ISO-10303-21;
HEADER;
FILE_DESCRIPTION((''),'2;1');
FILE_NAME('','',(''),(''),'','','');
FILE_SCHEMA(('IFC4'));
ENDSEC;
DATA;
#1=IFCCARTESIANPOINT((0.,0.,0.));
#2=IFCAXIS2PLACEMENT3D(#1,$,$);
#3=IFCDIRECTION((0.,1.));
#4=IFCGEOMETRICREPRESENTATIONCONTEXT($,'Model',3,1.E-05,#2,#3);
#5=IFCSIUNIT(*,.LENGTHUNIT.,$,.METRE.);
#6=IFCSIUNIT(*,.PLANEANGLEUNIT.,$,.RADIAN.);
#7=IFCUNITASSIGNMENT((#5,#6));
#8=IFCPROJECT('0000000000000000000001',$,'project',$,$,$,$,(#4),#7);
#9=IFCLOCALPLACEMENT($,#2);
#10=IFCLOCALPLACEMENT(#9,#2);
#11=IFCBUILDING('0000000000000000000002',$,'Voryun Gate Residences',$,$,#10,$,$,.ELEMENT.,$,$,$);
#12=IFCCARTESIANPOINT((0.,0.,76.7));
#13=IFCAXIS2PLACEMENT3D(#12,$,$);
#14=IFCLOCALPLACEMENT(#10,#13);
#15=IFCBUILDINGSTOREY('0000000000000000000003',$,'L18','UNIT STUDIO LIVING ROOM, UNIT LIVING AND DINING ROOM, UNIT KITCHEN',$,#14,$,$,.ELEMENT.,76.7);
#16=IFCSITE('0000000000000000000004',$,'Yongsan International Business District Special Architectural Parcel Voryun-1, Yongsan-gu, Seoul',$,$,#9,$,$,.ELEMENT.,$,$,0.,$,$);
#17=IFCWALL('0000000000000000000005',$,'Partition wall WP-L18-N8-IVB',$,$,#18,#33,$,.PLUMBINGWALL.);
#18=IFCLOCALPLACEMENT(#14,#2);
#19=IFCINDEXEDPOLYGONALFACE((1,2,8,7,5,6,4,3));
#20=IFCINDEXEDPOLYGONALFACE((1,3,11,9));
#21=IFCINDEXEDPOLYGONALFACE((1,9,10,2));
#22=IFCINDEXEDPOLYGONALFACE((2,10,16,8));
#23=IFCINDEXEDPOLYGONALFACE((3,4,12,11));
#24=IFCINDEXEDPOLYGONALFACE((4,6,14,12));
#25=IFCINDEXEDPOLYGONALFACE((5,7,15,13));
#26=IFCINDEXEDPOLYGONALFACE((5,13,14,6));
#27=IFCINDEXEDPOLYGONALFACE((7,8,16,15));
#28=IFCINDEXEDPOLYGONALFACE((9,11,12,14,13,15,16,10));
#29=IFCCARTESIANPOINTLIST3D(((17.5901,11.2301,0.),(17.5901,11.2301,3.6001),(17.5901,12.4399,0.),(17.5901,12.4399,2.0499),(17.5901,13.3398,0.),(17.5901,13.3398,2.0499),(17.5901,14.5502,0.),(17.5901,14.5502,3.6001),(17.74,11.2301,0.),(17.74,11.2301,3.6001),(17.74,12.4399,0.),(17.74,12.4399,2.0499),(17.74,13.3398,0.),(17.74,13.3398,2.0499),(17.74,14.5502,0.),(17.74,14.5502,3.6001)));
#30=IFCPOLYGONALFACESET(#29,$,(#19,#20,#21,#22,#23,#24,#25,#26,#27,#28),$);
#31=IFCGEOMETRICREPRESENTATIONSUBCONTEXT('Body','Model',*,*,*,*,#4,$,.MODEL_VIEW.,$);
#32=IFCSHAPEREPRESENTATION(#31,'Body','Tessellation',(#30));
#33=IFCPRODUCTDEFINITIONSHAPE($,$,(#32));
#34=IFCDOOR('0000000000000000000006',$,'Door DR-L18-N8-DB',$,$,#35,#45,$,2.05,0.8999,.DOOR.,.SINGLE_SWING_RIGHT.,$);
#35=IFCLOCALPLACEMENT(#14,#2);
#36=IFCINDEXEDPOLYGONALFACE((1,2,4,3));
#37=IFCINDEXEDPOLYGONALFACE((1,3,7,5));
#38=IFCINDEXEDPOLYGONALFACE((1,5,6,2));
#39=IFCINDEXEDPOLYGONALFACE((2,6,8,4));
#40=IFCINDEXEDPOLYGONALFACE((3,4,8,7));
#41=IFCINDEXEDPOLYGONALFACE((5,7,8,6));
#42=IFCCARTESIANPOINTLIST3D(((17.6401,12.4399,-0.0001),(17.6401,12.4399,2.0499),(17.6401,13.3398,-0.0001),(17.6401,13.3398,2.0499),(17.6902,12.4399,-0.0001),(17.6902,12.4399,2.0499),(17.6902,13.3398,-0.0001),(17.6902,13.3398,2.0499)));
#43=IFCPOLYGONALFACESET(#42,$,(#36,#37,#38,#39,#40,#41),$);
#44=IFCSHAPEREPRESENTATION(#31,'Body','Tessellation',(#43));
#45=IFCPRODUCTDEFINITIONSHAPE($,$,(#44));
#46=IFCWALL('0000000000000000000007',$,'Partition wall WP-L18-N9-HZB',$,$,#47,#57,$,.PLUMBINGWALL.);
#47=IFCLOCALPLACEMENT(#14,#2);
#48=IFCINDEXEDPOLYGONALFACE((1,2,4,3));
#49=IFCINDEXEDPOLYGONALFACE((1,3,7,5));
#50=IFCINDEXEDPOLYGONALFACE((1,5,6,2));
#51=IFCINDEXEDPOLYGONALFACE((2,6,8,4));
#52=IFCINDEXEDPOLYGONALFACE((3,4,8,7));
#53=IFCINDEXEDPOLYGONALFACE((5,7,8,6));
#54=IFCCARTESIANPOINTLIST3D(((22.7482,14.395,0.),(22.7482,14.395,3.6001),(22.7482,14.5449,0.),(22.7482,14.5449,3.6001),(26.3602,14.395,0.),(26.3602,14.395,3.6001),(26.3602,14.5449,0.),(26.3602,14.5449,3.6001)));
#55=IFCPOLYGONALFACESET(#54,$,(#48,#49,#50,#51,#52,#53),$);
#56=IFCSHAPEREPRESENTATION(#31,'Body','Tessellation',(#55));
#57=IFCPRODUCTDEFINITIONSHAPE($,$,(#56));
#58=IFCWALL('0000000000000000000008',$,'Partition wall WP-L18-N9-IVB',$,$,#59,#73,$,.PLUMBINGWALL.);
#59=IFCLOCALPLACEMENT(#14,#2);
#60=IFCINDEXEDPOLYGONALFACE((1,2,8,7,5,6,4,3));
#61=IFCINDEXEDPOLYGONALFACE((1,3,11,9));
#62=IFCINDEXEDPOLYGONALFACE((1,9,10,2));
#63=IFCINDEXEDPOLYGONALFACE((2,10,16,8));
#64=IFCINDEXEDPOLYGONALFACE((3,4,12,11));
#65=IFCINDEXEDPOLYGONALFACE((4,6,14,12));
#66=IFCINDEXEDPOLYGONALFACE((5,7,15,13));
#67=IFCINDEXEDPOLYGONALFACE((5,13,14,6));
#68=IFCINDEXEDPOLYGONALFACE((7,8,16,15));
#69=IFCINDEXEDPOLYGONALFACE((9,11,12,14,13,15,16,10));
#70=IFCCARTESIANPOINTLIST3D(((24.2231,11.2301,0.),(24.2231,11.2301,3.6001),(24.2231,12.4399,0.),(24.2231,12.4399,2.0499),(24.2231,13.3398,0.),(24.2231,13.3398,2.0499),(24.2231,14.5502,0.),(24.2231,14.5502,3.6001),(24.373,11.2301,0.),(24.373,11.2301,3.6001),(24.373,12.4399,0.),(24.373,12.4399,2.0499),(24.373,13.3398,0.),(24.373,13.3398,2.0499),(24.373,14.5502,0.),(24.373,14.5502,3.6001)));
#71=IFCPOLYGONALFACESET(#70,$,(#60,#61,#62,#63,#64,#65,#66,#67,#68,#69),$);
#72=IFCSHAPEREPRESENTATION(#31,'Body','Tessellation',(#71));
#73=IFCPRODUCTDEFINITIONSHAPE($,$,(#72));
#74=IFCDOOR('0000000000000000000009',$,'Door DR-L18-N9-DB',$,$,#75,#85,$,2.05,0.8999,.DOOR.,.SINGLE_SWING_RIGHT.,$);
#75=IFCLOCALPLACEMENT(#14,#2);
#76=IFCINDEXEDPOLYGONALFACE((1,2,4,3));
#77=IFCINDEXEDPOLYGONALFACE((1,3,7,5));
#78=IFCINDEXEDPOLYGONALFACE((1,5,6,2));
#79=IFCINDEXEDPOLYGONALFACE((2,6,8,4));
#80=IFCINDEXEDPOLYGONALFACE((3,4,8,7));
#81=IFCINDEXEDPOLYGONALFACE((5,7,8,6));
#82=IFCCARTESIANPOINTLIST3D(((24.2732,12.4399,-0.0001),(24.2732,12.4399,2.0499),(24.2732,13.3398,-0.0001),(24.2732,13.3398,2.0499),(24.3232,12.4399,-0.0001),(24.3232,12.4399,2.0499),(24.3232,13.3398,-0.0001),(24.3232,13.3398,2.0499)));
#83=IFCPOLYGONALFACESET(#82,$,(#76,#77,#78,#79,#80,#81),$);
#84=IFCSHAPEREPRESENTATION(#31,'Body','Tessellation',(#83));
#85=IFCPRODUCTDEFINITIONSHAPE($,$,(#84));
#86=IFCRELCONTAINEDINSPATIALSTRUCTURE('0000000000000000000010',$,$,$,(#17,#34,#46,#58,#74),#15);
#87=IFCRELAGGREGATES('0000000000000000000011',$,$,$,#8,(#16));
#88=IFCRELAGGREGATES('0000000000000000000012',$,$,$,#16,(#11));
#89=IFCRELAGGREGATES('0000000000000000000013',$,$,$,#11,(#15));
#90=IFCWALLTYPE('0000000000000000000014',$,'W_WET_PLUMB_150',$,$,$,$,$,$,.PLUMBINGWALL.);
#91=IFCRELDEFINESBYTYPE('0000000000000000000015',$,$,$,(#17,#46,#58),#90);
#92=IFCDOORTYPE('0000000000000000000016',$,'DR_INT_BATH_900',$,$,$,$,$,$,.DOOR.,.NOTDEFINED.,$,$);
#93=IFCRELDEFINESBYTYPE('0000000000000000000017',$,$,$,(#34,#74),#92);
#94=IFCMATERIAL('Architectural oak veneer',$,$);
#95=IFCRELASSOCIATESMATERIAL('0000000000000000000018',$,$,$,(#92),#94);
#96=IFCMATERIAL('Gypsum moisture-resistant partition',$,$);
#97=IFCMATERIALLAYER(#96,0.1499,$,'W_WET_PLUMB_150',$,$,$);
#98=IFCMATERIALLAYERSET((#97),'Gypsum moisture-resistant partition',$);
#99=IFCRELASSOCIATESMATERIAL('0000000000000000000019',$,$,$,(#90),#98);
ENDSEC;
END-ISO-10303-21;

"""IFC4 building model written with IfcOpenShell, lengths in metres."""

from ifc_helpers import new_model, si_unit, direction, frame, frame_2d, origin, place, context, subcontext, project, spatial, rectangle, extrude, material, layer, layer_set, type_object, element, fill, save


model = new_model("IFC4")

# Units and contexts
model_context = context("Model", 3, precision=1e-05, world=origin(), true_north=direction((0.0, 1.0)))
body_context = subcontext(model_context, "Body", "Model", "MODEL_VIEW")
ifc_project = project(units=[si_unit("LENGTHUNIT", "METRE"), si_unit("PLANEANGLEUNIT", "RADIAN")], contexts=[model_context])

# Site, building, storey
site_placement = place(None, origin())
site = spatial("IfcSite", under=ifc_project, at=site_placement, Name="Yongsan International Business District Special Architectural Parcel Voryun-1, Yongsan-gu, Seoul", CompositionType="ELEMENT", RefElevation=0.0)
building_placement = place(site_placement, origin())
building = spatial("IfcBuilding", under=site, at=building_placement, Name="Voryun Gate Residences", CompositionType="ELEMENT")
storey_placement = place(building_placement, frame((0.0, 0.0, 76.7)))
storey = spatial("IfcBuildingStorey", under=building, at=storey_placement, Name="L18", Description="UNIT STUDIO LIVING ROOM, UNIT LIVING AND DINING ROOM, UNIT KITCHEN", CompositionType="ELEMENT", Elevation=76.7)

# Shared definitions
ifc_material_1 = material(Name="Architectural oak veneer")
door_type_1 = type_object("IfcDoorType", Name="DR_INT_BATH_900", OperationType="NOTDEFINED", PredefinedType="DOOR", material=ifc_material_1)

# Shared definitions
ifc_material_2 = material(Name="Gypsum moisture-resistant partition")
ifc_layer_1 = layer(ifc_material_2, 0.1499, Name="W_WET_PLUMB_150")
ifc_layer_set_1 = layer_set([ifc_layer_1], Name="Gypsum moisture-resistant partition")
wall_type_1 = type_object("IfcWallType", Name="W_WET_PLUMB_150", PredefinedType="PLUMBINGWALL", material=ifc_layer_set_1)

# Wall, opening, door
wall_1_placement = place(storey_placement, frame((17.665, 11.23, 0.0), z_axis=(0.0, 0.0, 1.0), x_axis=(0.0, 1.0, 0.0)))
wall_1 = element("IfcWall", 1, at=wall_1_placement, inside=storey, type_object=wall_type_1, Name="Partition wall WP-L18-N8-IVB", PredefinedType="PLUMBINGWALL", context=body_context, shape_type="SweptSolid", body=[
    extrude(rectangle(XDim=3.3201, YDim=0.1499, at=frame_2d((1.6602, 0.0))), origin(), (0.0, 0.0, 1.0), 3.6001),
])
opening_1_placement = place(wall_1_placement, frame((1.21, 0.0, 0.0)))
opening_1 = element("IfcOpeningElement", 2, at=opening_1_placement, cuts=wall_1, PredefinedType="OPENING", context=body_context, shape_type="SweptSolid", body=[
    extrude(rectangle(XDim=0.8999, YDim=2.05, at=frame_2d((0.45, 1.0249))), frame((0.0, 0.085, 0.0), z_axis=(0.0, -1.0, 0.0), x_axis=(1.0, 0.0, 0.0)), (0.0, 0.0, 1.0), 0.1699),
])
door_1_placement = place(opening_1_placement, origin())
door_1 = element("IfcDoor", 3, at=door_1_placement, inside=storey, type_object=door_type_1, Name="Door DR-L18-N8-DB", OperationType="SINGLE_SWING_RIGHT", OverallHeight=2.05, OverallWidth=0.8999, PredefinedType="DOOR", context=body_context, shape_type="SweptSolid", body=[
    extrude(rectangle(XDim=0.8999, YDim=2.05, at=frame_2d((0.45, 1.0249))), frame((0.0, 0.0249, 0.0), z_axis=(0.0, -1.0, 0.0), x_axis=(1.0, 0.0, 0.0)), (0.0, 0.0, 1.0), 0.05),
])
fill(opening_1, door_1)

# Wall
wall_2_placement = place(storey_placement, frame((22.748, 14.47, 0.0), z_axis=(0.0, 0.0, 1.0), x_axis=(1.0, 0.0, 0.0)))
element("IfcWall", 4, at=wall_2_placement, inside=storey, type_object=wall_type_1, Name="Partition wall WP-L18-N9-HZB", PredefinedType="PLUMBINGWALL", context=body_context, shape_type="SweptSolid", body=[
    extrude(rectangle(XDim=3.6121, YDim=0.1499, at=frame_2d((1.8062, 0.0))), origin(), (0.0, 0.0, 1.0), 3.6001),
])

# Wall, opening, door
wall_3_placement = place(storey_placement, frame((24.2981, 11.23, 0.0), z_axis=(0.0, 0.0, 1.0), x_axis=(0.0, 1.0, 0.0)))
wall_3 = element("IfcWall", 5, at=wall_3_placement, inside=storey, type_object=wall_type_1, Name="Partition wall WP-L18-N9-IVB", PredefinedType="PLUMBINGWALL", context=body_context, shape_type="SweptSolid", body=[
    extrude(rectangle(XDim=3.3201, YDim=0.1499, at=frame_2d((1.6602, 0.0))), origin(), (0.0, 0.0, 1.0), 3.6001),
])
opening_2_placement = place(wall_3_placement, frame((1.21, 0.0, 0.0)))
opening_2 = element("IfcOpeningElement", 6, at=opening_2_placement, cuts=wall_3, PredefinedType="OPENING", context=body_context, shape_type="SweptSolid", body=[
    extrude(rectangle(XDim=0.8999, YDim=2.05, at=frame_2d((0.45, 1.0249))), frame((0.0, 0.085, 0.0), z_axis=(0.0, -1.0, 0.0), x_axis=(1.0, 0.0, 0.0)), (0.0, 0.0, 1.0), 0.1699),
])
door_2_placement = place(opening_2_placement, origin())
door_2 = element("IfcDoor", 7, at=door_2_placement, inside=storey, type_object=door_type_1, Name="Door DR-L18-N9-DB", OperationType="SINGLE_SWING_RIGHT", OverallHeight=2.05, OverallWidth=0.8999, PredefinedType="DOOR", context=body_context, shape_type="SweptSolid", body=[
    extrude(rectangle(XDim=0.8999, YDim=2.05, at=frame_2d((0.45, 1.0249))), frame((0.0, 0.0249, 0.0), z_axis=(0.0, -1.0, 0.0), x_axis=(1.0, 0.0, 0.0)), (0.0, 0.0, 1.0), 0.05),
])
fill(opening_2, door_2)

save(model, "model.ifc")
